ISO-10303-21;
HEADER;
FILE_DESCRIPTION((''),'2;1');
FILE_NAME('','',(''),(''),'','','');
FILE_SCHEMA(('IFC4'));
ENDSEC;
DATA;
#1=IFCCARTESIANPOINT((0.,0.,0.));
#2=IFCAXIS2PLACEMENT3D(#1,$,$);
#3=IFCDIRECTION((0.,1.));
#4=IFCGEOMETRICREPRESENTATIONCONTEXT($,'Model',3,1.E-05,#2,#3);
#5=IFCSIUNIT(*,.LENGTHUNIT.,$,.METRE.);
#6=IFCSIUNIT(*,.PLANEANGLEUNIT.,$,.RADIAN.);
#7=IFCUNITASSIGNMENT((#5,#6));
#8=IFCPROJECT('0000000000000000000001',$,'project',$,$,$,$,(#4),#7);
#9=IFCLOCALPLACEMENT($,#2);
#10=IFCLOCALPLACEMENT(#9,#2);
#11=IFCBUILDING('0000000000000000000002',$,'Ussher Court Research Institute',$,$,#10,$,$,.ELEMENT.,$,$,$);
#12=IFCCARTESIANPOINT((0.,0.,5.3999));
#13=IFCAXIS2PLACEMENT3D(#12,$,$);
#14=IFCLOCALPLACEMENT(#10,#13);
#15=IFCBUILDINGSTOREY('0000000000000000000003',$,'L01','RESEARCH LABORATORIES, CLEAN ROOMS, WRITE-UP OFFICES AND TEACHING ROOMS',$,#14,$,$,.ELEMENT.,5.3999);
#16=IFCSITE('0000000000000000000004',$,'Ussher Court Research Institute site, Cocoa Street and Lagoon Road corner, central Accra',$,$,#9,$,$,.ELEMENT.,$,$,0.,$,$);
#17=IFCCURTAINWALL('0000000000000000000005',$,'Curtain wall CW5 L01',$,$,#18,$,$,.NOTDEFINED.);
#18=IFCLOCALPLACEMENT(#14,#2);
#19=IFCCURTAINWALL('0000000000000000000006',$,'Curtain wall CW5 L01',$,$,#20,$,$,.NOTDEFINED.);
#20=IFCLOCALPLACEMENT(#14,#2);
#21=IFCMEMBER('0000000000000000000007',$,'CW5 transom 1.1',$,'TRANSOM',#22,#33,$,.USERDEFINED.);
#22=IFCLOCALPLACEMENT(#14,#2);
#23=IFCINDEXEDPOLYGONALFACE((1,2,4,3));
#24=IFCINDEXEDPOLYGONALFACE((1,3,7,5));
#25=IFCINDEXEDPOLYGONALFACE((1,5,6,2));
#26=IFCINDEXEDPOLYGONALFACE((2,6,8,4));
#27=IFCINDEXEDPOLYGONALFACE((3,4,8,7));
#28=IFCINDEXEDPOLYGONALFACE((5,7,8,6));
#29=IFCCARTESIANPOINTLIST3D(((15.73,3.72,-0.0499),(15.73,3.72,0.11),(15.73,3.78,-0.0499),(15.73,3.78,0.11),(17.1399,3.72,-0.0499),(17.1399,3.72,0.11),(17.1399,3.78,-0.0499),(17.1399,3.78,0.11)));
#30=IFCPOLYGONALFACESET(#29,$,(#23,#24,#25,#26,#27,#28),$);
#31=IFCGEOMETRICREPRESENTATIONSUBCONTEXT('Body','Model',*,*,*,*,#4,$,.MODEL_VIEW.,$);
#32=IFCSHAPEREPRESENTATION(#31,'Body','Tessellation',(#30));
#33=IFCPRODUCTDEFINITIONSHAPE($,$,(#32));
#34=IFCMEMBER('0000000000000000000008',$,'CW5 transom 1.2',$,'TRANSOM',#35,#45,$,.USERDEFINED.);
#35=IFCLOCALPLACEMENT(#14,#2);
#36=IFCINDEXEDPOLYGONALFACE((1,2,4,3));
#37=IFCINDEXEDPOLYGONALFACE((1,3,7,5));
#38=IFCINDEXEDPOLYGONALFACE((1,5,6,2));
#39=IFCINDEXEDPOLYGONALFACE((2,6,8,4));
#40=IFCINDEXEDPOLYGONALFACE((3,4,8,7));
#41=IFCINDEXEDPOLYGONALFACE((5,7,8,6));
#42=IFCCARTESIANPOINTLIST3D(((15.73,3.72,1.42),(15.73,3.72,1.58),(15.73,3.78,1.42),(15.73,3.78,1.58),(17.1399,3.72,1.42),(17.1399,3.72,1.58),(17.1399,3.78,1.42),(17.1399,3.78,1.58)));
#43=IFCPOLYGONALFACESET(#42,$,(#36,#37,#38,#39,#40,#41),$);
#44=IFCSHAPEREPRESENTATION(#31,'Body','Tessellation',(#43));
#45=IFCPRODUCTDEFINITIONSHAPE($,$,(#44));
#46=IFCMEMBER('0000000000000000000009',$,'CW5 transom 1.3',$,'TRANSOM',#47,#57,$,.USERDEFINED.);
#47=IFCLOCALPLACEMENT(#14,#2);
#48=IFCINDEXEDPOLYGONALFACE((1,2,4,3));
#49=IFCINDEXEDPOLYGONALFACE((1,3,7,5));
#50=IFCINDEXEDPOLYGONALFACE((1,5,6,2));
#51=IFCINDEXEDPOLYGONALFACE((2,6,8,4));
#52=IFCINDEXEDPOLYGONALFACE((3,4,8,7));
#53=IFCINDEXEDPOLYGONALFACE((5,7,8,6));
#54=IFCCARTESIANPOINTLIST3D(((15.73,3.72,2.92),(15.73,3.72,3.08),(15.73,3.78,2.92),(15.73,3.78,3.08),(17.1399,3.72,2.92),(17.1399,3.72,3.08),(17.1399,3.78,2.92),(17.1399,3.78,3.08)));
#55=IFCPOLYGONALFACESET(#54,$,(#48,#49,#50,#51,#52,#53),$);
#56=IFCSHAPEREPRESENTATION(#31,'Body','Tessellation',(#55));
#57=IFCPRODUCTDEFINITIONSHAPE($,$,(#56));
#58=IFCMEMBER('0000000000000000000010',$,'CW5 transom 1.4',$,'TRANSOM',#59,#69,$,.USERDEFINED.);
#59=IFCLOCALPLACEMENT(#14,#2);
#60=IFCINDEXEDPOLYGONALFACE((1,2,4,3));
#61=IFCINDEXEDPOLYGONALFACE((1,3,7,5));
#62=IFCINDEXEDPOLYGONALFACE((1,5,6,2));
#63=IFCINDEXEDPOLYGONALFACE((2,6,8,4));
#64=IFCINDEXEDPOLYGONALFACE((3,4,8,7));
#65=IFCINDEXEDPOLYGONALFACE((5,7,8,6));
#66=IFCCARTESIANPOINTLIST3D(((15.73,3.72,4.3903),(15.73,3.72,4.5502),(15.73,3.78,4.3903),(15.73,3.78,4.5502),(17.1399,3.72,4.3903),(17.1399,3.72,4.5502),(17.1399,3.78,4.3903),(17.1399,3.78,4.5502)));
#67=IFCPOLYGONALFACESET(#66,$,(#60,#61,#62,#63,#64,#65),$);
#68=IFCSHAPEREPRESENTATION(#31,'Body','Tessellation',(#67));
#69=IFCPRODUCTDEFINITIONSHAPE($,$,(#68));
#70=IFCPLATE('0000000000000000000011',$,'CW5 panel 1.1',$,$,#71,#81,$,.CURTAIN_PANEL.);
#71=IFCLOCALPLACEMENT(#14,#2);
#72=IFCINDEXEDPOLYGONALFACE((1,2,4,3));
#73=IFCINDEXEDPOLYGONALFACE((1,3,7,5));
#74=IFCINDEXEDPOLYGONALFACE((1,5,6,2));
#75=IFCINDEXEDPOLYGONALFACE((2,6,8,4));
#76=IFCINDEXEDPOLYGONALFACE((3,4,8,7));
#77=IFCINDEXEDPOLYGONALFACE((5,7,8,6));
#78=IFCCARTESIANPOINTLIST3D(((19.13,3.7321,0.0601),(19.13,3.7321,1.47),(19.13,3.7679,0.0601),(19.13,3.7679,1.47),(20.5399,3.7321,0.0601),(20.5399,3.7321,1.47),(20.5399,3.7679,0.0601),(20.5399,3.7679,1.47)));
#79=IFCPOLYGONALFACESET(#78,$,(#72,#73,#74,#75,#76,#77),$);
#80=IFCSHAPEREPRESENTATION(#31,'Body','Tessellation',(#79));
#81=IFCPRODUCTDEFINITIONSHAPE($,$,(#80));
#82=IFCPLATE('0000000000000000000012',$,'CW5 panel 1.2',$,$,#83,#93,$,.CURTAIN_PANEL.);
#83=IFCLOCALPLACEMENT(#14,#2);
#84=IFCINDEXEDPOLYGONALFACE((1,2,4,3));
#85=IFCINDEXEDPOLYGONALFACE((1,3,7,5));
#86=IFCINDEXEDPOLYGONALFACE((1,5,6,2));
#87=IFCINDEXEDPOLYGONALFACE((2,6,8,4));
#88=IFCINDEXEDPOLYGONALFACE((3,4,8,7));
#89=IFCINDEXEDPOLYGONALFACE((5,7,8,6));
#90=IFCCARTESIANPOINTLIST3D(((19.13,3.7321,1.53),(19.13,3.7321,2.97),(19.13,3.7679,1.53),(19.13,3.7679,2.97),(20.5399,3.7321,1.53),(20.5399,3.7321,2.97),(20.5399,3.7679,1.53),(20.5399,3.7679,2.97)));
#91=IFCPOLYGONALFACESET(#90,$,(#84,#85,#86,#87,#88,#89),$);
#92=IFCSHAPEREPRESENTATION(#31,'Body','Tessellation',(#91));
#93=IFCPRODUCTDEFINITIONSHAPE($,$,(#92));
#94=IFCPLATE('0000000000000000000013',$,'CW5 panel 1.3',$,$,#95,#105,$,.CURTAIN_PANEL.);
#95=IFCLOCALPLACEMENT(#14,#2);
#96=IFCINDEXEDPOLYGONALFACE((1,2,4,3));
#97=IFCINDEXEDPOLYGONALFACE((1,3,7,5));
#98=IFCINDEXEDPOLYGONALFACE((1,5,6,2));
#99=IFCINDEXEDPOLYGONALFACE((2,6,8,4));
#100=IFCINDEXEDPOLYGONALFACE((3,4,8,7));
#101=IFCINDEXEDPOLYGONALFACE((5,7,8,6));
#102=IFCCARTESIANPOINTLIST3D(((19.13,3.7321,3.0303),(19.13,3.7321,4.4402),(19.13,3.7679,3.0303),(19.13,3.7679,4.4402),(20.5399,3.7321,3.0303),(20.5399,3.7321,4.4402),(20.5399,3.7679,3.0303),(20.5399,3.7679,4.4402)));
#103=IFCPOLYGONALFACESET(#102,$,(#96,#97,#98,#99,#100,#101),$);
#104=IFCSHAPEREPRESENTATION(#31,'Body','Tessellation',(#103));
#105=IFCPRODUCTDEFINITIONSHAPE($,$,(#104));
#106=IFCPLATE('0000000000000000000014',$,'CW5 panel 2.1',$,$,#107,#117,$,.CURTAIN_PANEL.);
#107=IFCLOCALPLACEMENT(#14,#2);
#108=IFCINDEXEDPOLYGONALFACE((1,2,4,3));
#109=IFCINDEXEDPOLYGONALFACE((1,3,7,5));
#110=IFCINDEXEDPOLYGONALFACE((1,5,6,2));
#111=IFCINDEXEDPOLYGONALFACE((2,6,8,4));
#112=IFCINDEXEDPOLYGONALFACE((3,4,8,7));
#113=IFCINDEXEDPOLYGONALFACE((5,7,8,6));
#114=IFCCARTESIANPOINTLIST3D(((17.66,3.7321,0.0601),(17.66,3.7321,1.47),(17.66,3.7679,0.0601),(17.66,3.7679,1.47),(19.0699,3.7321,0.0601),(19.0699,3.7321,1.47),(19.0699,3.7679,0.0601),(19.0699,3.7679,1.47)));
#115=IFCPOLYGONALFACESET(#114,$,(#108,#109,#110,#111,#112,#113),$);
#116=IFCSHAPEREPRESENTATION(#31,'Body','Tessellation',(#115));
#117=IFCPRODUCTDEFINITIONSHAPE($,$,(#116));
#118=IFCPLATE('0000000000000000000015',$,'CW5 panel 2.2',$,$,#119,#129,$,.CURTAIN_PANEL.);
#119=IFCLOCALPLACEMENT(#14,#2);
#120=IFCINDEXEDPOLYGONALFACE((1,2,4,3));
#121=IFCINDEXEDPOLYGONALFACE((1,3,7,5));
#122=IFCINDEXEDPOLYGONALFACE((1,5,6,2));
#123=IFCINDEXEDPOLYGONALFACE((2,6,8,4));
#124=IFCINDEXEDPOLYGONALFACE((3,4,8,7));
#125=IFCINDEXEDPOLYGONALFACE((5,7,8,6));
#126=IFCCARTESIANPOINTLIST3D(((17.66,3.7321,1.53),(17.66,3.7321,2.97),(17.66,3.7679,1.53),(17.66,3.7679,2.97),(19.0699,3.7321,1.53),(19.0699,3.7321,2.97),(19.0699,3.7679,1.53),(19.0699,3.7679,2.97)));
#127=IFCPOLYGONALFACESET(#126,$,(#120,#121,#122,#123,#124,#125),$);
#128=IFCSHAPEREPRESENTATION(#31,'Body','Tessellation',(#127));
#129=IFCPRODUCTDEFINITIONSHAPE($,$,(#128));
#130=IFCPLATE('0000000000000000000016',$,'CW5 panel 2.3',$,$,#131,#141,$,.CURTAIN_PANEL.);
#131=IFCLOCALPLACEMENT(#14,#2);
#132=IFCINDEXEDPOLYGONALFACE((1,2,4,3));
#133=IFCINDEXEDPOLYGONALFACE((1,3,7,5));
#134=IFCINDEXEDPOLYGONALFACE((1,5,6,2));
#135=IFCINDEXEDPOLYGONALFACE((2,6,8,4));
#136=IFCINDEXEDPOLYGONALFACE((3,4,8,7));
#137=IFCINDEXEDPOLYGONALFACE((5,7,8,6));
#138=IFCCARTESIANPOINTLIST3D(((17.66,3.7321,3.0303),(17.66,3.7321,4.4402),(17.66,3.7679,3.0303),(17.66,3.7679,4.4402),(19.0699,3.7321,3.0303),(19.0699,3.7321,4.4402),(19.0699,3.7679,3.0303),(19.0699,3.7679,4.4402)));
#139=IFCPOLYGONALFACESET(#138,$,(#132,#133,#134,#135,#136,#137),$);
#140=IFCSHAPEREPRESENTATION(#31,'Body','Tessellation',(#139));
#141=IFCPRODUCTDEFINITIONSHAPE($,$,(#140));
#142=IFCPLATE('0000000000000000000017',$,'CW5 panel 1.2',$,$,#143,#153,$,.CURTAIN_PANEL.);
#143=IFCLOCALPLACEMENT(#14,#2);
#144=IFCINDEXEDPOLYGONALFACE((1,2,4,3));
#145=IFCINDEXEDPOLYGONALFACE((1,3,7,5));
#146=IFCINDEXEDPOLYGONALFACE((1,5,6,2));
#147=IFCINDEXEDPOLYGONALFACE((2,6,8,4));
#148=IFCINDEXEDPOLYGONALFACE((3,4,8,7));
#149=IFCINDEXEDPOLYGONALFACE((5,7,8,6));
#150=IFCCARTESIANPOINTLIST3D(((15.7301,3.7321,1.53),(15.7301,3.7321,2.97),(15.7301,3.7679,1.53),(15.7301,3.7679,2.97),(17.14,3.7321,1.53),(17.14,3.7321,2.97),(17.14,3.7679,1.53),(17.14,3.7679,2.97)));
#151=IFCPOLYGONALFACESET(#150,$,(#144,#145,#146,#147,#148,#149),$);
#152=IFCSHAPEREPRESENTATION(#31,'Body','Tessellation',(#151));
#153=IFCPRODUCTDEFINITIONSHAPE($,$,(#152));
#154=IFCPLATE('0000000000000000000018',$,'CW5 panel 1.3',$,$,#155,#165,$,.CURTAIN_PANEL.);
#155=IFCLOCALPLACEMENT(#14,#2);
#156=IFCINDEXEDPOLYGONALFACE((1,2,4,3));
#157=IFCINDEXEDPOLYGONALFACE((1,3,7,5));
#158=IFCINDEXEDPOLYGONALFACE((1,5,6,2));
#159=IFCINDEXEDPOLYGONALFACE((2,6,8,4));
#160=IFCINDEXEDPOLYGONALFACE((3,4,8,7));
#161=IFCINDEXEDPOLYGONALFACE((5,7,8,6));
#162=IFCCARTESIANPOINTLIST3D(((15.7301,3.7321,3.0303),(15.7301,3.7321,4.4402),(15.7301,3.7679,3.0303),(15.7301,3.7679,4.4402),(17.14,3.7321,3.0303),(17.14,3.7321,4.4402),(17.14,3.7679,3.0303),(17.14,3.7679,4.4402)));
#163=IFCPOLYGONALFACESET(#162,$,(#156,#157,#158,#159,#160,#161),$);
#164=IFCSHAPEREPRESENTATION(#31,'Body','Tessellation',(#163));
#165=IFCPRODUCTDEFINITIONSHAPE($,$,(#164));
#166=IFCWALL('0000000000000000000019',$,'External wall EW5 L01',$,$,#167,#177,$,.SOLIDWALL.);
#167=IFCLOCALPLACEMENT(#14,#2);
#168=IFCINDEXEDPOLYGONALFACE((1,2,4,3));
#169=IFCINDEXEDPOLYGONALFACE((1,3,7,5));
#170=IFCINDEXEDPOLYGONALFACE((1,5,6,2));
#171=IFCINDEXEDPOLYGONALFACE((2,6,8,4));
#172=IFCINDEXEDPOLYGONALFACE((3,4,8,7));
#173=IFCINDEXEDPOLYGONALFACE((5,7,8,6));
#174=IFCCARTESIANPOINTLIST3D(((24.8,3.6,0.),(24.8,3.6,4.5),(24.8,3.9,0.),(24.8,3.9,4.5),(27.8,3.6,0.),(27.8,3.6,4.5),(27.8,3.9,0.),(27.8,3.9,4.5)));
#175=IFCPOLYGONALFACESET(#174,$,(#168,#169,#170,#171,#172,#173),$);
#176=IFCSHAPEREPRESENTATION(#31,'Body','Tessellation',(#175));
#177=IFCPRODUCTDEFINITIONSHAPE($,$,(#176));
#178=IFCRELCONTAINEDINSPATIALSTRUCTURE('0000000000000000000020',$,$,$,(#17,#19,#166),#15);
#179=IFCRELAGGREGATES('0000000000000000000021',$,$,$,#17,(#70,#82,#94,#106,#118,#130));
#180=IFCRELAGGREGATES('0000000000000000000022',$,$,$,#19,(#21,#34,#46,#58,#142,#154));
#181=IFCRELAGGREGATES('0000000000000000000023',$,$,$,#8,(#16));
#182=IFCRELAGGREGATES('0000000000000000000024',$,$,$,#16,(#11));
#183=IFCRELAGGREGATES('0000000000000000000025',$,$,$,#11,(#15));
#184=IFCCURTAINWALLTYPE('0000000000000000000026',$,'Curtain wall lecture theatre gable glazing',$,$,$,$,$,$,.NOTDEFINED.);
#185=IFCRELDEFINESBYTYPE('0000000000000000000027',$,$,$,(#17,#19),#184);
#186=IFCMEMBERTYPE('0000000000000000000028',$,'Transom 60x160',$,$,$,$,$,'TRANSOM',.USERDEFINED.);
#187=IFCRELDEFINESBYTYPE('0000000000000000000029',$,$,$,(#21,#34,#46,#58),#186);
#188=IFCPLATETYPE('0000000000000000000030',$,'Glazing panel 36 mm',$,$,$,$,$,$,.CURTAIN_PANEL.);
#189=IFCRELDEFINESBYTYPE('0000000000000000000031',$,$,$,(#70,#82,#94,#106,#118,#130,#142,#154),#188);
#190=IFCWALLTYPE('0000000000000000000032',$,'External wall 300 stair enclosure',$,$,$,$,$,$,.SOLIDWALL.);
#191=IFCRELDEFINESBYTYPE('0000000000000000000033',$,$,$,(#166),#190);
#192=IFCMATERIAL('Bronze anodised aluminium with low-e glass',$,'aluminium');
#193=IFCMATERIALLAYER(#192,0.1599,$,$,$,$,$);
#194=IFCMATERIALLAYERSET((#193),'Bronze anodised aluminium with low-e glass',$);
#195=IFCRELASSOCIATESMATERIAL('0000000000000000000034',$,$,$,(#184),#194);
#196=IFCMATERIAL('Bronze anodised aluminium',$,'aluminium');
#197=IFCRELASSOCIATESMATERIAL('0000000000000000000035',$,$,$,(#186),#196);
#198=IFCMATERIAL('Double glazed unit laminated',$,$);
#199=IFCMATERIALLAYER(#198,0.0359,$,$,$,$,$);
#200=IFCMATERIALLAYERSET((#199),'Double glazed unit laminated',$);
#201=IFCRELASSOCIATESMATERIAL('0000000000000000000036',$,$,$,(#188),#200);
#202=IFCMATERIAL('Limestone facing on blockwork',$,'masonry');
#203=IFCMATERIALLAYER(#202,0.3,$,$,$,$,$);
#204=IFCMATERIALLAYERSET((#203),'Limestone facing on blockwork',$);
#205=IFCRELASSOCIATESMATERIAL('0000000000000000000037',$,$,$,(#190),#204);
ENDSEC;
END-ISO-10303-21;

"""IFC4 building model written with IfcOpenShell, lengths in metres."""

from ifc_helpers import new_model, si_unit, direction, frame, frame_2d, origin, origin_2d, place, context, subcontext, project, spatial, rectangle, extrude, material, layer, layer_set, material_profile, profile_set, type_object, element, aggregate, save


model = new_model("IFC4")

# Units and contexts
model_context = context("Model", 3, precision=1e-05, world=origin(), true_north=direction((0.0, 1.0)))
body_context = subcontext(model_context, "Body", "Model", "MODEL_VIEW")
ifc_project = project(units=[si_unit("LENGTHUNIT", "METRE"), si_unit("PLANEANGLEUNIT", "RADIAN")], contexts=[model_context])

# Site, building, storey
site_placement = place(None, origin())
site = spatial("IfcSite", under=ifc_project, at=site_placement, Name="Ussher Court Research Institute site, Cocoa Street and Lagoon Road corner, central Accra", CompositionType="ELEMENT", RefElevation=0.0)
building_placement = place(site_placement, origin())
building = spatial("IfcBuilding", under=site, at=building_placement, Name="Ussher Court Research Institute", CompositionType="ELEMENT")
storey_placement = place(building_placement, frame((0.0, 0.0, 5.3999)))
storey = spatial("IfcBuildingStorey", under=building, at=storey_placement, Name="L01", Description="RESEARCH LABORATORIES, CLEAN ROOMS, WRITE-UP OFFICES AND TEACHING ROOMS", CompositionType="ELEMENT", Elevation=5.3999)

# Curtain wall
ifc_material_1 = material(Name="Bronze anodised aluminium with low-e glass", Category="aluminium")
ifc_layer_1 = layer(ifc_material_1, 0.1599)
ifc_layer_set_1 = layer_set([ifc_layer_1], Name="Bronze anodised aluminium with low-e glass")
curtain_wall_type = type_object("IfcCurtainWallType", Name="Curtain wall lecture theatre gable glazing", PredefinedType="NOTDEFINED", material=ifc_layer_set_1)
curtain_wall_1_placement = place(storey_placement, origin())
curtain_wall_1 = element("IfcCurtainWall", 1, at=curtain_wall_1_placement, inside=storey, type_object=curtain_wall_type, Name="Curtain wall CW5 L01", PredefinedType="NOTDEFINED")

# Curtain wall
curtain_wall_2_placement = place(storey_placement, origin())
curtain_wall_2 = element("IfcCurtainWall", 2, at=curtain_wall_2_placement, inside=storey, type_object=curtain_wall_type, Name="Curtain wall CW5 L01", PredefinedType="NOTDEFINED")

# Members
ifc_material_2 = material(Name="Bronze anodised aluminium", Category="aluminium")
ifc_material_profile_1 = material_profile(ifc_material_2, rectangle(XDim=0.0601, YDim=0.1599, at=origin_2d()), Name="Transom 60x160")
ifc_profile_set_1 = profile_set([ifc_material_profile_1], Name="Bronze anodised aluminium")
member_type_1 = type_object("IfcMemberType", Name="Transom 60x160", ElementType="TRANSOM", PredefinedType="USERDEFINED", material=ifc_profile_set_1)
member_1_placement = place(storey_placement, frame((17.1399, 3.75, 0.03), z_axis=(-1.0, 0.0, 0.0), x_axis=(0.0, -1.0, 0.0)))
member_1 = element("IfcMember", 3, at=member_1_placement, type_object=member_type_1, Name="CW5 transom 1.1", ObjectType="TRANSOM", PredefinedType="USERDEFINED", context=body_context, shape_type="SweptSolid", body=[
    extrude(rectangle(XDim=0.0601, YDim=0.1599, at=origin_2d()), origin(), (0.0, 0.0, 1.0), 1.4099),
])
member_2_placement = place(storey_placement, frame((17.1399, 3.75, 1.5), z_axis=(-1.0, 0.0, 0.0), x_axis=(0.0, -1.0, 0.0)))
member_2 = element("IfcMember", 4, at=member_2_placement, type_object=member_type_1, Name="CW5 transom 1.2", ObjectType="TRANSOM", PredefinedType="USERDEFINED", context=body_context, shape_type="SweptSolid", body=[
    extrude(rectangle(XDim=0.0601, YDim=0.1599, at=origin_2d()), origin(), (0.0, 0.0, 1.0), 1.4099),
])
member_3_placement = place(storey_placement, frame((17.1399, 3.75, 3.0), z_axis=(-1.0, 0.0, 0.0), x_axis=(0.0, -1.0, 0.0)))
member_3 = element("IfcMember", 5, at=member_3_placement, type_object=member_type_1, Name="CW5 transom 1.3", ObjectType="TRANSOM", PredefinedType="USERDEFINED", context=body_context, shape_type="SweptSolid", body=[
    extrude(rectangle(XDim=0.0601, YDim=0.1599, at=origin_2d()), origin(), (0.0, 0.0, 1.0), 1.4099),
])
member_4_placement = place(storey_placement, frame((17.1399, 3.75, 4.4702), z_axis=(-1.0, 0.0, 0.0), x_axis=(0.0, -1.0, 0.0)))
member_4 = element("IfcMember", 6, at=member_4_placement, type_object=member_type_1, Name="CW5 transom 1.4", ObjectType="TRANSOM", PredefinedType="USERDEFINED", context=body_context, shape_type="SweptSolid", body=[
    extrude(rectangle(XDim=0.0601, YDim=0.1599, at=origin_2d()), origin(), (0.0, 0.0, 1.0), 1.4099),
])

# Plates
ifc_material_3 = material(Name="Double glazed unit laminated")
ifc_layer_2 = layer(ifc_material_3, 0.0359)
ifc_layer_set_2 = layer_set([ifc_layer_2], Name="Double glazed unit laminated")
plate_type = type_object("IfcPlateType", Name="Glazing panel 36 mm", PredefinedType="CURTAIN_PANEL", material=ifc_layer_set_2)
plate_1_placement = place(storey_placement, frame((19.835, 3.75, 0.0601), z_axis=(0.0, 0.0, 1.0), x_axis=(-1.0, 0.0, 0.0)))
plate_1 = element("IfcPlate", 7, at=plate_1_placement, type_object=plate_type, Name="CW5 panel 1.1", PredefinedType="CURTAIN_PANEL", context=body_context, shape_type="SweptSolid", body=[
    extrude(rectangle(XDim=1.4099, YDim=0.0359, at=origin_2d()), origin(), (0.0, 0.0, 1.0), 1.4099),
])
plate_2_placement = place(storey_placement, frame((19.835, 3.75, 1.53), z_axis=(0.0, 0.0, 1.0), x_axis=(-1.0, 0.0, 0.0)))
plate_2 = element("IfcPlate", 8, at=plate_2_placement, type_object=plate_type, Name="CW5 panel 1.2", PredefinedType="CURTAIN_PANEL", context=body_context, shape_type="SweptSolid", body=[
    extrude(rectangle(XDim=1.4099, YDim=0.0359, at=origin_2d()), origin(), (0.0, 0.0, 1.0), 1.4399),
])
plate_3_placement = place(storey_placement, frame((19.835, 3.75, 3.0303), z_axis=(0.0, 0.0, 1.0), x_axis=(-1.0, 0.0, 0.0)))
plate_3 = element("IfcPlate", 9, at=plate_3_placement, type_object=plate_type, Name="CW5 panel 1.3", PredefinedType="CURTAIN_PANEL", context=body_context, shape_type="SweptSolid", body=[
    extrude(rectangle(XDim=1.4099, YDim=0.0359, at=origin_2d()), origin(), (0.0, 0.0, 1.0), 1.4099),
])
plate_4_placement = place(storey_placement, frame((18.365, 3.75, 0.0601), z_axis=(0.0, 0.0, 1.0), x_axis=(-1.0, 0.0, 0.0)))
plate_4 = element("IfcPlate", 10, at=plate_4_placement, type_object=plate_type, Name="CW5 panel 2.1", PredefinedType="CURTAIN_PANEL", context=body_context, shape_type="SweptSolid", body=[
    extrude(rectangle(XDim=1.4099, YDim=0.0359, at=origin_2d()), origin(), (0.0, 0.0, 1.0), 1.4099),
])
plate_5_placement = place(storey_placement, frame((18.365, 3.75, 1.53), z_axis=(0.0, 0.0, 1.0), x_axis=(-1.0, 0.0, 0.0)))
plate_5 = element("IfcPlate", 11, at=plate_5_placement, type_object=plate_type, Name="CW5 panel 2.2", PredefinedType="CURTAIN_PANEL", context=body_context, shape_type="SweptSolid", body=[
    extrude(rectangle(XDim=1.4099, YDim=0.0359, at=origin_2d()), origin(), (0.0, 0.0, 1.0), 1.4399),
])
plate_6_placement = place(storey_placement, frame((18.365, 3.75, 3.0303), z_axis=(0.0, 0.0, 1.0), x_axis=(-1.0, 0.0, 0.0)))
plate_6 = element("IfcPlate", 12, at=plate_6_placement, type_object=plate_type, Name="CW5 panel 2.3", PredefinedType="CURTAIN_PANEL", context=body_context, shape_type="SweptSolid", body=[
    extrude(rectangle(XDim=1.4099, YDim=0.0359, at=origin_2d()), origin(), (0.0, 0.0, 1.0), 1.4099),
])
aggregate(curtain_wall_1, [plate_1, plate_2, plate_3, plate_4, plate_5, plate_6])
plate_7_placement = place(storey_placement, frame((16.4351, 3.75, 1.53), z_axis=(0.0, 0.0, 1.0), x_axis=(-1.0, 0.0, 0.0)))
plate_7 = element("IfcPlate", 13, at=plate_7_placement, type_object=plate_type, Name="CW5 panel 1.2", PredefinedType="CURTAIN_PANEL", context=body_context, shape_type="SweptSolid", body=[
    extrude(rectangle(XDim=1.4099, YDim=0.0359, at=origin_2d()), origin(), (0.0, 0.0, 1.0), 1.4399),
])
plate_8_placement = place(storey_placement, frame((16.4351, 3.75, 3.0303), z_axis=(0.0, 0.0, 1.0), x_axis=(-1.0, 0.0, 0.0)))
plate_8 = element("IfcPlate", 14, at=plate_8_placement, type_object=plate_type, Name="CW5 panel 1.3", PredefinedType="CURTAIN_PANEL", context=body_context, shape_type="SweptSolid", body=[
    extrude(rectangle(XDim=1.4099, YDim=0.0359, at=origin_2d()), origin(), (0.0, 0.0, 1.0), 1.4099),
])
aggregate(curtain_wall_2, [member_1, member_2, member_3, member_4, plate_7, plate_8])

# Wall
ifc_material_4 = material(Name="Limestone facing on blockwork", Category="masonry")
ifc_layer_3 = layer(ifc_material_4, 0.3)
ifc_layer_set_3 = layer_set([ifc_layer_3], Name="Limestone facing on blockwork")
wall_type = type_object("IfcWallType", Name="External wall 300 stair enclosure", PredefinedType="SOLIDWALL", material=ifc_layer_set_3)
wall_1_placement = place(storey_placement, frame((27.8, 3.75, 0.0), z_axis=(0.0, 0.0, 1.0), x_axis=(-1.0, 0.0, 0.0)))
element("IfcWall", 15, at=wall_1_placement, inside=storey, type_object=wall_type, Name="External wall EW5 L01", PredefinedType="SOLIDWALL", context=body_context, shape_type="SweptSolid", body=[
    extrude(rectangle(XDim=3.0, YDim=0.3, at=frame_2d((1.5, 0.0))), origin(), (0.0, 0.0, 1.0), 4.5),
])

save(model, "model.ifc")
